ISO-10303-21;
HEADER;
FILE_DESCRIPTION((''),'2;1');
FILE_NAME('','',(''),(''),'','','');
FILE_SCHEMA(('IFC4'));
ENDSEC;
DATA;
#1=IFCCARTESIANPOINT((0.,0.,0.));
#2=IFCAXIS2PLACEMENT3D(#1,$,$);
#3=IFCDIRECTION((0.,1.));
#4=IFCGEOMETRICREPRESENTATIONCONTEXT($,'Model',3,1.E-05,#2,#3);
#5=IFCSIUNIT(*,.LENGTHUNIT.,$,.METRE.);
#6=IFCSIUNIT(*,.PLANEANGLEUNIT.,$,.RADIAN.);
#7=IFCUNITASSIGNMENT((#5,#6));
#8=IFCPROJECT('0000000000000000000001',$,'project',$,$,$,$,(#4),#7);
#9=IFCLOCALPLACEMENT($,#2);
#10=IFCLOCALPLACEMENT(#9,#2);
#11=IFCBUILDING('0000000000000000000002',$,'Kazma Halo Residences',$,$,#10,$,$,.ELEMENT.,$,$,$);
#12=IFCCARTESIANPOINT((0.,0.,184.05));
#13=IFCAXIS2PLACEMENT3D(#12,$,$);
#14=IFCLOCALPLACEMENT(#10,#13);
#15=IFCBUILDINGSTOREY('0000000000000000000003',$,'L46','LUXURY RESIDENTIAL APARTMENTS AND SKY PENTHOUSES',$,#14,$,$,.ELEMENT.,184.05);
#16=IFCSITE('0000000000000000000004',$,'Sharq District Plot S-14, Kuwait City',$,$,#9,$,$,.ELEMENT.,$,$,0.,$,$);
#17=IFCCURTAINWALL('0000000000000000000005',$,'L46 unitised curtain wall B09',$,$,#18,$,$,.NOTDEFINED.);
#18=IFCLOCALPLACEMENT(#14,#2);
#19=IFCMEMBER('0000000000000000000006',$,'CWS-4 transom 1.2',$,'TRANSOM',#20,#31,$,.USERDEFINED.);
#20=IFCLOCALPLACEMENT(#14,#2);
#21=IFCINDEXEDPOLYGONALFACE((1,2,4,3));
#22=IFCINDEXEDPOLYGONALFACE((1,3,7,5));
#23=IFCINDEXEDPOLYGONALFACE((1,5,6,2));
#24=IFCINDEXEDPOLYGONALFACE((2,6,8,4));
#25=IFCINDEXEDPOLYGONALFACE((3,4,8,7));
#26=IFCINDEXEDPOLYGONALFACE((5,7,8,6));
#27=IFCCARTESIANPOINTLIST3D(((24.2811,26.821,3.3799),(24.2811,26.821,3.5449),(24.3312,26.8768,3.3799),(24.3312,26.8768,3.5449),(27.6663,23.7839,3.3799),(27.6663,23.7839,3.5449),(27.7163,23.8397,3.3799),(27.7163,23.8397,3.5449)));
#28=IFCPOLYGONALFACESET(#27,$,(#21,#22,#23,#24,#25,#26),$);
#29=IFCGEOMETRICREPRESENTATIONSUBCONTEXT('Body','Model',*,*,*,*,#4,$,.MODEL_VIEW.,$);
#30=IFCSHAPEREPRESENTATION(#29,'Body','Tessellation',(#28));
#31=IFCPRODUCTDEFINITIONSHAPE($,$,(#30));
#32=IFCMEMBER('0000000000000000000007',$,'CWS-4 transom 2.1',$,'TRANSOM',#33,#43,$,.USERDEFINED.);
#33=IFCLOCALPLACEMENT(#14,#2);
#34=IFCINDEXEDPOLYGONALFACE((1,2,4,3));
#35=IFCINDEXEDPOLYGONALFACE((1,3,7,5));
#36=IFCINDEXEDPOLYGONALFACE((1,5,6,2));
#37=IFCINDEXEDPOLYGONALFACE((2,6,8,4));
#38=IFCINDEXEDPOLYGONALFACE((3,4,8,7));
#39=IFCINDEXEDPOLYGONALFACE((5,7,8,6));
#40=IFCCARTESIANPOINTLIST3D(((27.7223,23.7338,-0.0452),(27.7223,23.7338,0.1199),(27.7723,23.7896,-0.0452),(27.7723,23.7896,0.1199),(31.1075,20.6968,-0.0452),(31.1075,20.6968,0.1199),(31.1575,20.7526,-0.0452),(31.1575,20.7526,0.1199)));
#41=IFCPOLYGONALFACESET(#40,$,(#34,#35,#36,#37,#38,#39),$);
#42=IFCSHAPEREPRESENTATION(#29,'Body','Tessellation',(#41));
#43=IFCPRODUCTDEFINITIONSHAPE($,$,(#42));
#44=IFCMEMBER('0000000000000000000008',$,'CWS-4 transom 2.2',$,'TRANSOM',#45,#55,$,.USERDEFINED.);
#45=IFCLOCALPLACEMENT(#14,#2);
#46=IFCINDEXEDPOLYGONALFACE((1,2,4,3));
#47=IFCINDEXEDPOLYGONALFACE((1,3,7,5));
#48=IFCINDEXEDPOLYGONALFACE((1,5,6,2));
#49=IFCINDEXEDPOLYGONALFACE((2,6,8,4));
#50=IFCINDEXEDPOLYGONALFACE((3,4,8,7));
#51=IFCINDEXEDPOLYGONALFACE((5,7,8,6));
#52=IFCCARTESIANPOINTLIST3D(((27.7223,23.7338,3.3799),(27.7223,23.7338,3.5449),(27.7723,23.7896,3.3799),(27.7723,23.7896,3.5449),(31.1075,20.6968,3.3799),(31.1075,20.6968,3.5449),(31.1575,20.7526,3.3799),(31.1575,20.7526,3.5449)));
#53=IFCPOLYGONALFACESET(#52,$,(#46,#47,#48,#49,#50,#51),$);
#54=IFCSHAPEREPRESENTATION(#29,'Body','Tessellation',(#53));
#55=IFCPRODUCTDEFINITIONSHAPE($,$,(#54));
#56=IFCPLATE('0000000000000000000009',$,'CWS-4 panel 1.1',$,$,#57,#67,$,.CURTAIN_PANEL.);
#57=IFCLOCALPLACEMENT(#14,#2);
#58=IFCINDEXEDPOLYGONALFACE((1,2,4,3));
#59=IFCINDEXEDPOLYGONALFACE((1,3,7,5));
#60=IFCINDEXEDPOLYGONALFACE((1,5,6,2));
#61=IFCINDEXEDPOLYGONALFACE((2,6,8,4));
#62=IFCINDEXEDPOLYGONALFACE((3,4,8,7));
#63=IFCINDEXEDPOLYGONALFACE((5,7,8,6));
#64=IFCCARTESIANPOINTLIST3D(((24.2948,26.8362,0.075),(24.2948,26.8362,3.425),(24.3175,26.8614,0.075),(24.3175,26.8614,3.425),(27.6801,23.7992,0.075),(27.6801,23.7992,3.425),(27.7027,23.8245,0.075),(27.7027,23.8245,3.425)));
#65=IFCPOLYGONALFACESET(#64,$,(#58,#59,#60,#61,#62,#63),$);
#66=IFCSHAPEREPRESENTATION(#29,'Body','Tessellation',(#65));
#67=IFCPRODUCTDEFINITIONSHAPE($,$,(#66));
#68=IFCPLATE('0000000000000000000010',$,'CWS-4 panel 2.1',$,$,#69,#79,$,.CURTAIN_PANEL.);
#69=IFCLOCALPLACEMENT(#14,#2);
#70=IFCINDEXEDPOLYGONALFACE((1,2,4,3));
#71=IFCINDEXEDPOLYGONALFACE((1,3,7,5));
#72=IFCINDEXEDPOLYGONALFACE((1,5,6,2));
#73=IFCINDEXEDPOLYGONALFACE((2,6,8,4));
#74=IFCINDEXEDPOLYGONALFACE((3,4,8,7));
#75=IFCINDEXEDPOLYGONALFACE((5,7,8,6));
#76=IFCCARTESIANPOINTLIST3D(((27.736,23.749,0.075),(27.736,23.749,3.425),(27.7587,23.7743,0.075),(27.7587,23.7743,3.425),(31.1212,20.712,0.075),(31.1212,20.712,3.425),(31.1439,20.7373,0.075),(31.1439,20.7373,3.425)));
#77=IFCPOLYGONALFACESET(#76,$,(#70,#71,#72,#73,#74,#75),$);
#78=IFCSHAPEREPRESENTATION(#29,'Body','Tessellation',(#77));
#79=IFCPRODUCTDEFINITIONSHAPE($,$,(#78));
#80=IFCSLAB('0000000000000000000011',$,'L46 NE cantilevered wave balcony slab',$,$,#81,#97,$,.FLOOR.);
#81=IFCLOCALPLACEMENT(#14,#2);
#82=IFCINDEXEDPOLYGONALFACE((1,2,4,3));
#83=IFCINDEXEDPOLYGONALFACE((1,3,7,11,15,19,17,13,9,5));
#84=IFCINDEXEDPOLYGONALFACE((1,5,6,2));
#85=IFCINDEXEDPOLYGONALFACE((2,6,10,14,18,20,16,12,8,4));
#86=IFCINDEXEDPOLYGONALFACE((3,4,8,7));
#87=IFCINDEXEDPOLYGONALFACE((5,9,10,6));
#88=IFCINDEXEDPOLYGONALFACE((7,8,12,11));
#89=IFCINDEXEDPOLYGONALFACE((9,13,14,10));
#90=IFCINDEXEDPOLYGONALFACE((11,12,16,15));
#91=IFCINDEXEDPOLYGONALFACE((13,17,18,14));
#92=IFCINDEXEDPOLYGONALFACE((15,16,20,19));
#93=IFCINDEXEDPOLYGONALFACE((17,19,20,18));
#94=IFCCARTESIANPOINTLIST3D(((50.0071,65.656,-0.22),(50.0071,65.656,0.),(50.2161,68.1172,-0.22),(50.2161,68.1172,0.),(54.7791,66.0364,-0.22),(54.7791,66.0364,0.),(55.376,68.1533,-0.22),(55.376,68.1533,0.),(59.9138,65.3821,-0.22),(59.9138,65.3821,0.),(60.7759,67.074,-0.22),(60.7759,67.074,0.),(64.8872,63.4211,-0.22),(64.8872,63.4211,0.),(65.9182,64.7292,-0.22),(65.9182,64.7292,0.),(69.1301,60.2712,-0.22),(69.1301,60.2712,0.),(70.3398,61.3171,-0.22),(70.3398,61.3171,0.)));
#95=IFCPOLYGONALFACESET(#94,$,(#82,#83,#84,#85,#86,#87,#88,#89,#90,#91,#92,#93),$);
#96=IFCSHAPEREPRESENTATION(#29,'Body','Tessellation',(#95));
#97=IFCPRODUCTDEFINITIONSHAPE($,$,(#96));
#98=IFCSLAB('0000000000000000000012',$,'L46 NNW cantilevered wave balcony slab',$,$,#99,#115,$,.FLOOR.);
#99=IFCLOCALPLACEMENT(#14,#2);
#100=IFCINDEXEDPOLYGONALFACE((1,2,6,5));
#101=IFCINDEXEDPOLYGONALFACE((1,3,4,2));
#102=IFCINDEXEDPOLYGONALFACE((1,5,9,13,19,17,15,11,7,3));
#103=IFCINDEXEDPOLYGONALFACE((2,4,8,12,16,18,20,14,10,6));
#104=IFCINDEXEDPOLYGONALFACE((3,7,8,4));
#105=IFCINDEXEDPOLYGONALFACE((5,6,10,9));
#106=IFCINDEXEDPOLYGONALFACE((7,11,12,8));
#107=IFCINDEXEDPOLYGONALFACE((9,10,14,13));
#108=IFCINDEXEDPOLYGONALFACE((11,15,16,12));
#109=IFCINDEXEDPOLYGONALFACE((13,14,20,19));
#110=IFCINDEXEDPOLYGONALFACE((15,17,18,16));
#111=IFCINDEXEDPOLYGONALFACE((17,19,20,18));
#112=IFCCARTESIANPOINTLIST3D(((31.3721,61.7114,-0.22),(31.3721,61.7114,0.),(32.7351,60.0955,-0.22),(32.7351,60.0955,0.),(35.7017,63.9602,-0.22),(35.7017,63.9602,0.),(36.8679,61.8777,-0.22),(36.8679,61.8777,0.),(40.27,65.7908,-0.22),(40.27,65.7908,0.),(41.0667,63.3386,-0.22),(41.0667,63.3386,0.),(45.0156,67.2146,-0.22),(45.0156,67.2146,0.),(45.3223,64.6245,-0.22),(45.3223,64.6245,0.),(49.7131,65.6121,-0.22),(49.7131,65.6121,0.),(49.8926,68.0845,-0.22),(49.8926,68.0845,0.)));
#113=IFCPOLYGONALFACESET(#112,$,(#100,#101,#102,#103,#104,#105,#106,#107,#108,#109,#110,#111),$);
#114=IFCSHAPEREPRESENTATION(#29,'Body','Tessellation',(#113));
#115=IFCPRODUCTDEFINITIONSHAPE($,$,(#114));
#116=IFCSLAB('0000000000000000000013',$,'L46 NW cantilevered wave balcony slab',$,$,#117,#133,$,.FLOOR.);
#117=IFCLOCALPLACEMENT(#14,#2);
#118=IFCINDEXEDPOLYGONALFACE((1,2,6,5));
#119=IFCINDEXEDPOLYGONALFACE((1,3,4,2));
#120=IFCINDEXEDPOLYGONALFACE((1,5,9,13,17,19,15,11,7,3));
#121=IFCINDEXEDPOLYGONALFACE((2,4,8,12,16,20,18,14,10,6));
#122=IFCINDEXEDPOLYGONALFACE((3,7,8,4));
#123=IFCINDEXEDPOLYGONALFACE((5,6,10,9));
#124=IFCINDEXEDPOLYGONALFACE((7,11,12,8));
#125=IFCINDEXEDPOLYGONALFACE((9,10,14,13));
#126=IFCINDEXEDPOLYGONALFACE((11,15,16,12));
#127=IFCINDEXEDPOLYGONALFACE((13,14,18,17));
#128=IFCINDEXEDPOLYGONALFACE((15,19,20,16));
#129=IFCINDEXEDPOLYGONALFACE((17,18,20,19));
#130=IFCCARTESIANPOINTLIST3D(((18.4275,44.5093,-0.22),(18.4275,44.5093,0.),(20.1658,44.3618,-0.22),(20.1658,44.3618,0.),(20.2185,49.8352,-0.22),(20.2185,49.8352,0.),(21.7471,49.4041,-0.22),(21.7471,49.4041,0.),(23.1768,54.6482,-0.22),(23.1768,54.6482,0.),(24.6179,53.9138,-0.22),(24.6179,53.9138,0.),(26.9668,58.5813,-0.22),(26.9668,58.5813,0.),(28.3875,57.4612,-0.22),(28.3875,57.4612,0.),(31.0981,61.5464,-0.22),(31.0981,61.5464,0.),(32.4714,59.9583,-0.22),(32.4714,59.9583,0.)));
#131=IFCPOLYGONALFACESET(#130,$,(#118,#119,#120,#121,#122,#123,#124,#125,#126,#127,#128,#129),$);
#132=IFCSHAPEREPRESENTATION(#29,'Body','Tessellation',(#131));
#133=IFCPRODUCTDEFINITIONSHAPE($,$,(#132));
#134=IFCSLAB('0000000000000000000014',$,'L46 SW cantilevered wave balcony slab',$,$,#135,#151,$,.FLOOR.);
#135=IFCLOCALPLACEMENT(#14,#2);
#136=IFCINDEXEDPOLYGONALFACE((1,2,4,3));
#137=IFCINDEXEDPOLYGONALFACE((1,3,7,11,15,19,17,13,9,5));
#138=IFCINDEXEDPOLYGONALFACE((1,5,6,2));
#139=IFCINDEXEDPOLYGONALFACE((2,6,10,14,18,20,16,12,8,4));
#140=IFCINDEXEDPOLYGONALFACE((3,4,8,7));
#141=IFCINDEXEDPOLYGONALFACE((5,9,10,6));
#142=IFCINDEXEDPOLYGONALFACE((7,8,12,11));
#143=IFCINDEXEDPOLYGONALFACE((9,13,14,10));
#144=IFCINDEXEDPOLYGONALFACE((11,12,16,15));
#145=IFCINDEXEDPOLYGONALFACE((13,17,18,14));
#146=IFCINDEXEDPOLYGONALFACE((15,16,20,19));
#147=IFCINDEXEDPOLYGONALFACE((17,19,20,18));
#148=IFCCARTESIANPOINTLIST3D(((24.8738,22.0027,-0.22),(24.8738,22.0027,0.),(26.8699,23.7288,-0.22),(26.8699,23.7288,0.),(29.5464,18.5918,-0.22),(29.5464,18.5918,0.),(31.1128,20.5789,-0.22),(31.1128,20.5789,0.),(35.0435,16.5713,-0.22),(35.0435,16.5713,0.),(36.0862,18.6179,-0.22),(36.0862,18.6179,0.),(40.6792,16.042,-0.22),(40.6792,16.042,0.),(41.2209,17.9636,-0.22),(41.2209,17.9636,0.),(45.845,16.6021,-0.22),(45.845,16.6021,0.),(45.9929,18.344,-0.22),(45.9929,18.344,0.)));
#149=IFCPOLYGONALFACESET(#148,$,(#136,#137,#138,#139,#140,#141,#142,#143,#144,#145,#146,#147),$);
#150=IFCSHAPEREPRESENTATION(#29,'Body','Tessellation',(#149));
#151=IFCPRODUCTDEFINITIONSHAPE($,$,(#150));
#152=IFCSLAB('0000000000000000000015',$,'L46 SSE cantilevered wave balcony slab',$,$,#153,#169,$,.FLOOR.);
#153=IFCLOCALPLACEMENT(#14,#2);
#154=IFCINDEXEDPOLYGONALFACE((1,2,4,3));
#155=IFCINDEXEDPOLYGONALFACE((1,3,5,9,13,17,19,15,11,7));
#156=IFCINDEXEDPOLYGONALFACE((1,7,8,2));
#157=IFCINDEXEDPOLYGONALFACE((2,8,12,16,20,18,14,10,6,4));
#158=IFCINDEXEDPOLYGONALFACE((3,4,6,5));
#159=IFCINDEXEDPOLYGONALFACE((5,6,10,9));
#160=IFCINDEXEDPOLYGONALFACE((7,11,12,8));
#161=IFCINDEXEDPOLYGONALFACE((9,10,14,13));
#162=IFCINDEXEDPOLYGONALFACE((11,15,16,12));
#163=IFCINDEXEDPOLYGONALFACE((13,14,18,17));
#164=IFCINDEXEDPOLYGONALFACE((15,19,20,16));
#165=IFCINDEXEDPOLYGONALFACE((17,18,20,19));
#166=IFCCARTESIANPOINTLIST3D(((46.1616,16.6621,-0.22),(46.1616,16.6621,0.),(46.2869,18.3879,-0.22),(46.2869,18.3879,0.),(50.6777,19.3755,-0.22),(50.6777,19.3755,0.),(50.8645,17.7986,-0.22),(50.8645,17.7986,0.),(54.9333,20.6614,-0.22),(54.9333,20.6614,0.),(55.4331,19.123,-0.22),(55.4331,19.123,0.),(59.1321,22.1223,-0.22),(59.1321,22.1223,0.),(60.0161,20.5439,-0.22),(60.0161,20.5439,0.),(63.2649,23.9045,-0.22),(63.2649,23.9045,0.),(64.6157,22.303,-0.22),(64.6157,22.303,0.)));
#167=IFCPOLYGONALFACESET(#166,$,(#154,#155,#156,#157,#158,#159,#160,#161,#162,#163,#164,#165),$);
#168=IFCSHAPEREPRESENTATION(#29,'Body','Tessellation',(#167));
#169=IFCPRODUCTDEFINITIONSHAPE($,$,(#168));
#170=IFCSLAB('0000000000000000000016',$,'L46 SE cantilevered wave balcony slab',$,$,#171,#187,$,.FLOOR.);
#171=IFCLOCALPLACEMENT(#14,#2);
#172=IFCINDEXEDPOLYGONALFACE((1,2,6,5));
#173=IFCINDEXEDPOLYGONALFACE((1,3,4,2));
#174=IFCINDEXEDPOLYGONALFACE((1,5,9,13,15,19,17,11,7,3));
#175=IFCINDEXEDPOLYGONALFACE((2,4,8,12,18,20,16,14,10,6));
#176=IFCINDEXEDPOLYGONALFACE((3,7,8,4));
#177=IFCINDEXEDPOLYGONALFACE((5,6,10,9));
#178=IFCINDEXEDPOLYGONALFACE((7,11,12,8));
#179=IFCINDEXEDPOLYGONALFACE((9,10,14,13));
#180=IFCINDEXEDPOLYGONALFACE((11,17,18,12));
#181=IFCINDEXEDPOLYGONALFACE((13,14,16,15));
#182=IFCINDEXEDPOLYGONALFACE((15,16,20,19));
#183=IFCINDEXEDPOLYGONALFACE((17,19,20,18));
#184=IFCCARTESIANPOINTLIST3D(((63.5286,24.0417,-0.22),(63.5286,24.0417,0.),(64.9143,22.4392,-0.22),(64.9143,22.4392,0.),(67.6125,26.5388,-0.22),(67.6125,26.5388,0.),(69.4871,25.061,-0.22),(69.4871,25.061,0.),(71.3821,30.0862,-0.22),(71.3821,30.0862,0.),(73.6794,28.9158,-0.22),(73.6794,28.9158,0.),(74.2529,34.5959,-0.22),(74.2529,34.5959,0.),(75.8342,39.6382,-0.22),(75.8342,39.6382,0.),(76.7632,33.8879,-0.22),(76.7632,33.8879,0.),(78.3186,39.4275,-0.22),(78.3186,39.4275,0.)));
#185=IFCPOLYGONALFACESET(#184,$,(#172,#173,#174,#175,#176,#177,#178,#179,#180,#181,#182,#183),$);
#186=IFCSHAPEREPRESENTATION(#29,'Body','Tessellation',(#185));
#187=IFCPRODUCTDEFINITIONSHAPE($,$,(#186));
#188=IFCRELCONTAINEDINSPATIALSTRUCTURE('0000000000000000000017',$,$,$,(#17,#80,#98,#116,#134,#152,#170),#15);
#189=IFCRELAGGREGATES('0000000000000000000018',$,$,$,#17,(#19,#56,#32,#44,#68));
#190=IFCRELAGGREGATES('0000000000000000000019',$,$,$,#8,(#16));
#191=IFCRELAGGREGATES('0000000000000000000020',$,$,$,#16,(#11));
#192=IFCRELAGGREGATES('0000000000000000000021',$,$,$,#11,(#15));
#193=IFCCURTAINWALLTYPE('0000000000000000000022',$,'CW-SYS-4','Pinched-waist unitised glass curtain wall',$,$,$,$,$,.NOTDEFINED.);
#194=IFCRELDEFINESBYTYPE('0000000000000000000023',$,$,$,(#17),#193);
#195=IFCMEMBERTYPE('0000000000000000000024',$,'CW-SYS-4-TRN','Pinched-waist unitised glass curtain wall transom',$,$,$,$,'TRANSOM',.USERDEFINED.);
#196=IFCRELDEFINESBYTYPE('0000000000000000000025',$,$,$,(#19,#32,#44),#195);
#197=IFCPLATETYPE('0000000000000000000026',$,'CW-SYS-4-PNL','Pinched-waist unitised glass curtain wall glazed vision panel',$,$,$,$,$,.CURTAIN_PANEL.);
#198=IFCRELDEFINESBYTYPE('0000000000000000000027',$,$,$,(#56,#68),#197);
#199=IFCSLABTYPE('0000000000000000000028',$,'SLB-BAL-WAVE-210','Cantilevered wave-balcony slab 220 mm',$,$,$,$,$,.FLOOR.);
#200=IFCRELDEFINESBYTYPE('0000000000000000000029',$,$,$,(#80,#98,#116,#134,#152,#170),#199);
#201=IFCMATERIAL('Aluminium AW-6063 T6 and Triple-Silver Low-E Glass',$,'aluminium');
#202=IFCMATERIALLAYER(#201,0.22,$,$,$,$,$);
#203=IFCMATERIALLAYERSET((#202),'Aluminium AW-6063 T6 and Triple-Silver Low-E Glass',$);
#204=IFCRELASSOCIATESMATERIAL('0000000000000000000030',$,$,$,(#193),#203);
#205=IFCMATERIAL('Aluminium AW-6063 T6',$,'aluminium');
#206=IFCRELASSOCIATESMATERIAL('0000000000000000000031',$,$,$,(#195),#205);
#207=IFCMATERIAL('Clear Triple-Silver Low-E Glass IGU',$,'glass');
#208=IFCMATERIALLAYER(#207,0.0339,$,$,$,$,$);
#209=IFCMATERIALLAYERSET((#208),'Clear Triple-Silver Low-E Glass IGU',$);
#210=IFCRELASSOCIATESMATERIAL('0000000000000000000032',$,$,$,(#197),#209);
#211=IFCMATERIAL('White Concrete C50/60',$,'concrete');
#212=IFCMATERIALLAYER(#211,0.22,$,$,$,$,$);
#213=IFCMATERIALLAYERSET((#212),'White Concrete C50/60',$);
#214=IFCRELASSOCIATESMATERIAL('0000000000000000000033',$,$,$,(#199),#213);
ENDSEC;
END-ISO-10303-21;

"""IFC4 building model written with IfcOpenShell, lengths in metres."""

from ifc_helpers import new_model, si_unit, direction, frame, origin, origin_2d, place, context, subcontext, project, spatial, polyline, rectangle, outline, extrude, material, layer, layer_set, material_profile, profile_set, type_object, element, aggregate, save


model = new_model("IFC4")

# Units and contexts
model_context = context("Model", 3, precision=1e-05, world=origin(), true_north=direction((0.0, 1.0)))
body_context = subcontext(model_context, "Body", "Model", "MODEL_VIEW")
ifc_project = project(units=[si_unit("LENGTHUNIT", "METRE"), si_unit("PLANEANGLEUNIT", "RADIAN")], contexts=[model_context])

# Site, building, storey
site_placement = place(None, origin())
site = spatial("IfcSite", under=ifc_project, at=site_placement, Name="Sharq District Plot S-14, Kuwait City", CompositionType="ELEMENT", RefElevation=0.0)
building_placement = place(site_placement, origin())
building = spatial("IfcBuilding", under=site, at=building_placement, Name="Kazma Halo Residences", CompositionType="ELEMENT")
storey_placement = place(building_placement, frame((0.0, 0.0, 184.05)))
storey = spatial("IfcBuildingStorey", under=building, at=storey_placement, Name="L46", Description="LUXURY RESIDENTIAL APARTMENTS AND SKY PENTHOUSES", CompositionType="ELEMENT", Elevation=184.05)

# Curtain wall, members, plates
ifc_material_1 = material(Name="Aluminium AW-6063 T6 and Triple-Silver Low-E Glass", Category="aluminium")
ifc_layer_1 = layer(ifc_material_1, 0.22)
ifc_layer_set_1 = layer_set([ifc_layer_1], Name="Aluminium AW-6063 T6 and Triple-Silver Low-E Glass")
curtain_wall_type = type_object("IfcCurtainWallType", Name="CW-SYS-4", Description="Pinched-waist unitised glass curtain wall", PredefinedType="NOTDEFINED", material=ifc_layer_set_1)
curtain_wall_placement = place(storey_placement, origin())
curtain_wall = element("IfcCurtainWall", 1, at=curtain_wall_placement, inside=storey, type_object=curtain_wall_type, Name="L46 unitised curtain wall B09", PredefinedType="NOTDEFINED")
ifc_material_2 = material(Name="Aluminium AW-6063 T6", Category="aluminium")
ifc_material_profile_1 = material_profile(ifc_material_2, rectangle(XDim=0.075, YDim=0.165, at=origin_2d()), Name="CWT-75x165")
ifc_profile_set_1 = profile_set([ifc_material_profile_1], Name="Aluminium AW-6063 T6")
member_type_1 = type_object("IfcMemberType", Name="CW-SYS-4-TRN", Description="Pinched-waist unitised glass curtain wall transom", ElementType="TRANSOM", PredefinedType="USERDEFINED", material=ifc_profile_set_1)
member_1_placement = place(storey_placement, frame((24.3062, 26.8489, 3.4624), z_axis=(0.744345, -0.667795, 0.0), x_axis=(0.667795, 0.744345, 0.0)))
member_1 = element("IfcMember", 2, at=member_1_placement, type_object=member_type_1, Name="CWS-4 transom 1.2", ObjectType="TRANSOM", PredefinedType="USERDEFINED", context=body_context, shape_type="SweptSolid", body=[
    extrude(rectangle(XDim=0.075, YDim=0.165, at=origin_2d()), origin(), (0.0, 0.0, 1.0), 4.5479),
])
member_2_placement = place(storey_placement, frame((27.7473, 23.7617, 0.0374), z_axis=(0.744345, -0.667795, 0.0), x_axis=(0.667795, 0.744345, 0.0)))
member_2 = element("IfcMember", 3, at=member_2_placement, type_object=member_type_1, Name="CWS-4 transom 2.1", ObjectType="TRANSOM", PredefinedType="USERDEFINED", context=body_context, shape_type="SweptSolid", body=[
    extrude(rectangle(XDim=0.075, YDim=0.165, at=origin_2d()), origin(), (0.0, 0.0, 1.0), 4.5479),
])
member_3_placement = place(storey_placement, frame((27.7473, 23.7617, 3.4624), z_axis=(0.744345, -0.667795, 0.0), x_axis=(0.667795, 0.744345, 0.0)))
member_3 = element("IfcMember", 4, at=member_3_placement, type_object=member_type_1, Name="CWS-4 transom 2.2", ObjectType="TRANSOM", PredefinedType="USERDEFINED", context=body_context, shape_type="SweptSolid", body=[
    extrude(rectangle(XDim=0.075, YDim=0.165, at=origin_2d()), origin(), (0.0, 0.0, 1.0), 4.5479),
])
ifc_material_3 = material(Name="Clear Triple-Silver Low-E Glass IGU", Category="glass")
ifc_layer_2 = layer(ifc_material_3, 0.0339)
ifc_layer_set_2 = layer_set([ifc_layer_2], Name="Clear Triple-Silver Low-E Glass IGU")
plate_type = type_object("IfcPlateType", Name="CW-SYS-4-PNL", Description="Pinched-waist unitised glass curtain wall glazed vision panel", PredefinedType="CURTAIN_PANEL", material=ifc_layer_set_2)
plate_1_placement = place(storey_placement, frame((25.9988, 25.3303, 0.075), z_axis=(0.0, 0.0, 1.0), x_axis=(0.744355, -0.667784, 0.0)))
plate_1 = element("IfcPlate", 5, at=plate_1_placement, type_object=plate_type, Name="CWS-4 panel 1.1", PredefinedType="CURTAIN_PANEL", context=body_context, shape_type="SweptSolid", body=[
    extrude(rectangle(XDim=4.5479, YDim=0.0339, at=origin_2d()), origin(), (0.0, 0.0, 1.0), 3.3501),
])
plate_2_placement = place(storey_placement, frame((29.4399, 22.2432, 0.075), z_axis=(0.0, 0.0, 1.0), x_axis=(0.744355, -0.667784, 0.0)))
plate_2 = element("IfcPlate", 6, at=plate_2_placement, type_object=plate_type, Name="CWS-4 panel 2.1", PredefinedType="CURTAIN_PANEL", context=body_context, shape_type="SweptSolid", body=[
    extrude(rectangle(XDim=4.5479, YDim=0.0339, at=origin_2d()), origin(), (0.0, 0.0, 1.0), 3.3501),
])
aggregate(curtain_wall, [member_1, plate_1, member_2, member_3, plate_2])

# Slabs
ifc_material_4 = material(Name="White Concrete C50/60", Category="concrete")
ifc_layer_3 = layer(ifc_material_4, 0.22)
ifc_layer_set_3 = layer_set([ifc_layer_3], Name="White Concrete C50/60")
slab_type_1 = type_object("IfcSlabType", Name="SLB-BAL-WAVE-210", Description="Cantilevered wave-balcony slab 220 mm", PredefinedType="FLOOR", material=ifc_layer_set_3)
slab_1_placement = place(storey_placement, frame((0.0, 0.0, -0.22)))
element("IfcSlab", 7, at=slab_1_placement, inside=storey, type_object=slab_type_1, Name="L46 NE cantilevered wave balcony slab", PredefinedType="FLOOR", context=body_context, shape_type="SweptSolid", body=[
    extrude(outline(polyline([(69.1301, 60.2712), (64.8872, 63.4211), (59.9138, 65.3821), (54.7791, 66.0364), (50.0071, 65.656), (50.2161, 68.1172), (55.376, 68.1533), (60.7759, 67.074), (65.9182, 64.7292), (70.3398, 61.3171), (69.1301, 60.2712)])), origin(), (0.0, 0.0, 1.0), 0.22),
])
slab_2_placement = place(storey_placement, frame((0.0, 0.0, -0.22)))
element("IfcSlab", 8, at=slab_2_placement, inside=storey, type_object=slab_type_1, Name="L46 NNW cantilevered wave balcony slab", PredefinedType="FLOOR", context=body_context, shape_type="SweptSolid", body=[
    extrude(outline(polyline([(49.7131, 65.6121), (45.3223, 64.6245), (41.0667, 63.3386), (36.8679, 61.8777), (32.7351, 60.0955), (31.3721, 61.7114), (35.7017, 63.9602), (40.27, 65.7908), (45.0156, 67.2146), (49.8926, 68.0845), (49.7131, 65.6121)])), origin(), (0.0, 0.0, 1.0), 0.22),
])
slab_3_placement = place(storey_placement, frame((0.0, 0.0, -0.22)))
element("IfcSlab", 9, at=slab_3_placement, inside=storey, type_object=slab_type_1, Name="L46 NW cantilevered wave balcony slab", PredefinedType="FLOOR", context=body_context, shape_type="SweptSolid", body=[
    extrude(outline(polyline([(32.4714, 59.9583), (28.3875, 57.4612), (24.6179, 53.9138), (21.7471, 49.4041), (20.1658, 44.3618), (18.4275, 44.5093), (20.2185, 49.8352), (23.1768, 54.6482), (26.9668, 58.5813), (31.0981, 61.5464), (32.4714, 59.9583)])), origin(), (0.0, 0.0, 1.0), 0.22),
])
slab_4_placement = place(storey_placement, frame((0.0, 0.0, -0.22)))
element("IfcSlab", 10, at=slab_4_placement, inside=storey, type_object=slab_type_1, Name="L46 SW cantilevered wave balcony slab", PredefinedType="FLOOR", context=body_context, shape_type="SweptSolid", body=[
    extrude(outline(polyline([(26.8699, 23.7288), (31.1128, 20.5789), (36.0862, 18.6179), (41.2209, 17.9636), (45.9929, 18.344), (45.845, 16.6021), (40.6792, 16.042), (35.0435, 16.5713), (29.5464, 18.5918), (24.8738, 22.0027), (26.8699, 23.7288)])), origin(), (0.0, 0.0, 1.0), 0.22),
])
slab_5_placement = place(storey_placement, frame((0.0, 0.0, -0.22)))
element("IfcSlab", 11, at=slab_5_placement, inside=storey, type_object=slab_type_1, Name="L46 SSE cantilevered wave balcony slab", PredefinedType="FLOOR", context=body_context, shape_type="SweptSolid", body=[
    extrude(outline(polyline([(46.2869, 18.3879), (50.6777, 19.3755), (54.9333, 20.6614), (59.1321, 22.1223), (63.2649, 23.9045), (64.6157, 22.303), (60.0161, 20.5439), (55.4331, 19.123), (50.8645, 17.7986), (46.1616, 16.6621), (46.2869, 18.3879)])), origin(), (0.0, 0.0, 1.0), 0.22),
])
slab_6_placement = place(storey_placement, frame((0.0, 0.0, -0.22)))
element("IfcSlab", 12, at=slab_6_placement, inside=storey, type_object=slab_type_1, Name="L46 SE cantilevered wave balcony slab", PredefinedType="FLOOR", context=body_context, shape_type="SweptSolid", body=[
    extrude(outline(polyline([(63.5286, 24.0417), (67.6125, 26.5388), (71.3821, 30.0862), (74.2529, 34.5959), (75.8342, 39.6382), (78.3186, 39.4275), (76.7632, 33.8879), (73.6794, 28.9158), (69.4871, 25.061), (64.9143, 22.4392), (63.5286, 24.0417)])), origin(), (0.0, 0.0, 1.0), 0.22),
])

save(model, "model.ifc")
